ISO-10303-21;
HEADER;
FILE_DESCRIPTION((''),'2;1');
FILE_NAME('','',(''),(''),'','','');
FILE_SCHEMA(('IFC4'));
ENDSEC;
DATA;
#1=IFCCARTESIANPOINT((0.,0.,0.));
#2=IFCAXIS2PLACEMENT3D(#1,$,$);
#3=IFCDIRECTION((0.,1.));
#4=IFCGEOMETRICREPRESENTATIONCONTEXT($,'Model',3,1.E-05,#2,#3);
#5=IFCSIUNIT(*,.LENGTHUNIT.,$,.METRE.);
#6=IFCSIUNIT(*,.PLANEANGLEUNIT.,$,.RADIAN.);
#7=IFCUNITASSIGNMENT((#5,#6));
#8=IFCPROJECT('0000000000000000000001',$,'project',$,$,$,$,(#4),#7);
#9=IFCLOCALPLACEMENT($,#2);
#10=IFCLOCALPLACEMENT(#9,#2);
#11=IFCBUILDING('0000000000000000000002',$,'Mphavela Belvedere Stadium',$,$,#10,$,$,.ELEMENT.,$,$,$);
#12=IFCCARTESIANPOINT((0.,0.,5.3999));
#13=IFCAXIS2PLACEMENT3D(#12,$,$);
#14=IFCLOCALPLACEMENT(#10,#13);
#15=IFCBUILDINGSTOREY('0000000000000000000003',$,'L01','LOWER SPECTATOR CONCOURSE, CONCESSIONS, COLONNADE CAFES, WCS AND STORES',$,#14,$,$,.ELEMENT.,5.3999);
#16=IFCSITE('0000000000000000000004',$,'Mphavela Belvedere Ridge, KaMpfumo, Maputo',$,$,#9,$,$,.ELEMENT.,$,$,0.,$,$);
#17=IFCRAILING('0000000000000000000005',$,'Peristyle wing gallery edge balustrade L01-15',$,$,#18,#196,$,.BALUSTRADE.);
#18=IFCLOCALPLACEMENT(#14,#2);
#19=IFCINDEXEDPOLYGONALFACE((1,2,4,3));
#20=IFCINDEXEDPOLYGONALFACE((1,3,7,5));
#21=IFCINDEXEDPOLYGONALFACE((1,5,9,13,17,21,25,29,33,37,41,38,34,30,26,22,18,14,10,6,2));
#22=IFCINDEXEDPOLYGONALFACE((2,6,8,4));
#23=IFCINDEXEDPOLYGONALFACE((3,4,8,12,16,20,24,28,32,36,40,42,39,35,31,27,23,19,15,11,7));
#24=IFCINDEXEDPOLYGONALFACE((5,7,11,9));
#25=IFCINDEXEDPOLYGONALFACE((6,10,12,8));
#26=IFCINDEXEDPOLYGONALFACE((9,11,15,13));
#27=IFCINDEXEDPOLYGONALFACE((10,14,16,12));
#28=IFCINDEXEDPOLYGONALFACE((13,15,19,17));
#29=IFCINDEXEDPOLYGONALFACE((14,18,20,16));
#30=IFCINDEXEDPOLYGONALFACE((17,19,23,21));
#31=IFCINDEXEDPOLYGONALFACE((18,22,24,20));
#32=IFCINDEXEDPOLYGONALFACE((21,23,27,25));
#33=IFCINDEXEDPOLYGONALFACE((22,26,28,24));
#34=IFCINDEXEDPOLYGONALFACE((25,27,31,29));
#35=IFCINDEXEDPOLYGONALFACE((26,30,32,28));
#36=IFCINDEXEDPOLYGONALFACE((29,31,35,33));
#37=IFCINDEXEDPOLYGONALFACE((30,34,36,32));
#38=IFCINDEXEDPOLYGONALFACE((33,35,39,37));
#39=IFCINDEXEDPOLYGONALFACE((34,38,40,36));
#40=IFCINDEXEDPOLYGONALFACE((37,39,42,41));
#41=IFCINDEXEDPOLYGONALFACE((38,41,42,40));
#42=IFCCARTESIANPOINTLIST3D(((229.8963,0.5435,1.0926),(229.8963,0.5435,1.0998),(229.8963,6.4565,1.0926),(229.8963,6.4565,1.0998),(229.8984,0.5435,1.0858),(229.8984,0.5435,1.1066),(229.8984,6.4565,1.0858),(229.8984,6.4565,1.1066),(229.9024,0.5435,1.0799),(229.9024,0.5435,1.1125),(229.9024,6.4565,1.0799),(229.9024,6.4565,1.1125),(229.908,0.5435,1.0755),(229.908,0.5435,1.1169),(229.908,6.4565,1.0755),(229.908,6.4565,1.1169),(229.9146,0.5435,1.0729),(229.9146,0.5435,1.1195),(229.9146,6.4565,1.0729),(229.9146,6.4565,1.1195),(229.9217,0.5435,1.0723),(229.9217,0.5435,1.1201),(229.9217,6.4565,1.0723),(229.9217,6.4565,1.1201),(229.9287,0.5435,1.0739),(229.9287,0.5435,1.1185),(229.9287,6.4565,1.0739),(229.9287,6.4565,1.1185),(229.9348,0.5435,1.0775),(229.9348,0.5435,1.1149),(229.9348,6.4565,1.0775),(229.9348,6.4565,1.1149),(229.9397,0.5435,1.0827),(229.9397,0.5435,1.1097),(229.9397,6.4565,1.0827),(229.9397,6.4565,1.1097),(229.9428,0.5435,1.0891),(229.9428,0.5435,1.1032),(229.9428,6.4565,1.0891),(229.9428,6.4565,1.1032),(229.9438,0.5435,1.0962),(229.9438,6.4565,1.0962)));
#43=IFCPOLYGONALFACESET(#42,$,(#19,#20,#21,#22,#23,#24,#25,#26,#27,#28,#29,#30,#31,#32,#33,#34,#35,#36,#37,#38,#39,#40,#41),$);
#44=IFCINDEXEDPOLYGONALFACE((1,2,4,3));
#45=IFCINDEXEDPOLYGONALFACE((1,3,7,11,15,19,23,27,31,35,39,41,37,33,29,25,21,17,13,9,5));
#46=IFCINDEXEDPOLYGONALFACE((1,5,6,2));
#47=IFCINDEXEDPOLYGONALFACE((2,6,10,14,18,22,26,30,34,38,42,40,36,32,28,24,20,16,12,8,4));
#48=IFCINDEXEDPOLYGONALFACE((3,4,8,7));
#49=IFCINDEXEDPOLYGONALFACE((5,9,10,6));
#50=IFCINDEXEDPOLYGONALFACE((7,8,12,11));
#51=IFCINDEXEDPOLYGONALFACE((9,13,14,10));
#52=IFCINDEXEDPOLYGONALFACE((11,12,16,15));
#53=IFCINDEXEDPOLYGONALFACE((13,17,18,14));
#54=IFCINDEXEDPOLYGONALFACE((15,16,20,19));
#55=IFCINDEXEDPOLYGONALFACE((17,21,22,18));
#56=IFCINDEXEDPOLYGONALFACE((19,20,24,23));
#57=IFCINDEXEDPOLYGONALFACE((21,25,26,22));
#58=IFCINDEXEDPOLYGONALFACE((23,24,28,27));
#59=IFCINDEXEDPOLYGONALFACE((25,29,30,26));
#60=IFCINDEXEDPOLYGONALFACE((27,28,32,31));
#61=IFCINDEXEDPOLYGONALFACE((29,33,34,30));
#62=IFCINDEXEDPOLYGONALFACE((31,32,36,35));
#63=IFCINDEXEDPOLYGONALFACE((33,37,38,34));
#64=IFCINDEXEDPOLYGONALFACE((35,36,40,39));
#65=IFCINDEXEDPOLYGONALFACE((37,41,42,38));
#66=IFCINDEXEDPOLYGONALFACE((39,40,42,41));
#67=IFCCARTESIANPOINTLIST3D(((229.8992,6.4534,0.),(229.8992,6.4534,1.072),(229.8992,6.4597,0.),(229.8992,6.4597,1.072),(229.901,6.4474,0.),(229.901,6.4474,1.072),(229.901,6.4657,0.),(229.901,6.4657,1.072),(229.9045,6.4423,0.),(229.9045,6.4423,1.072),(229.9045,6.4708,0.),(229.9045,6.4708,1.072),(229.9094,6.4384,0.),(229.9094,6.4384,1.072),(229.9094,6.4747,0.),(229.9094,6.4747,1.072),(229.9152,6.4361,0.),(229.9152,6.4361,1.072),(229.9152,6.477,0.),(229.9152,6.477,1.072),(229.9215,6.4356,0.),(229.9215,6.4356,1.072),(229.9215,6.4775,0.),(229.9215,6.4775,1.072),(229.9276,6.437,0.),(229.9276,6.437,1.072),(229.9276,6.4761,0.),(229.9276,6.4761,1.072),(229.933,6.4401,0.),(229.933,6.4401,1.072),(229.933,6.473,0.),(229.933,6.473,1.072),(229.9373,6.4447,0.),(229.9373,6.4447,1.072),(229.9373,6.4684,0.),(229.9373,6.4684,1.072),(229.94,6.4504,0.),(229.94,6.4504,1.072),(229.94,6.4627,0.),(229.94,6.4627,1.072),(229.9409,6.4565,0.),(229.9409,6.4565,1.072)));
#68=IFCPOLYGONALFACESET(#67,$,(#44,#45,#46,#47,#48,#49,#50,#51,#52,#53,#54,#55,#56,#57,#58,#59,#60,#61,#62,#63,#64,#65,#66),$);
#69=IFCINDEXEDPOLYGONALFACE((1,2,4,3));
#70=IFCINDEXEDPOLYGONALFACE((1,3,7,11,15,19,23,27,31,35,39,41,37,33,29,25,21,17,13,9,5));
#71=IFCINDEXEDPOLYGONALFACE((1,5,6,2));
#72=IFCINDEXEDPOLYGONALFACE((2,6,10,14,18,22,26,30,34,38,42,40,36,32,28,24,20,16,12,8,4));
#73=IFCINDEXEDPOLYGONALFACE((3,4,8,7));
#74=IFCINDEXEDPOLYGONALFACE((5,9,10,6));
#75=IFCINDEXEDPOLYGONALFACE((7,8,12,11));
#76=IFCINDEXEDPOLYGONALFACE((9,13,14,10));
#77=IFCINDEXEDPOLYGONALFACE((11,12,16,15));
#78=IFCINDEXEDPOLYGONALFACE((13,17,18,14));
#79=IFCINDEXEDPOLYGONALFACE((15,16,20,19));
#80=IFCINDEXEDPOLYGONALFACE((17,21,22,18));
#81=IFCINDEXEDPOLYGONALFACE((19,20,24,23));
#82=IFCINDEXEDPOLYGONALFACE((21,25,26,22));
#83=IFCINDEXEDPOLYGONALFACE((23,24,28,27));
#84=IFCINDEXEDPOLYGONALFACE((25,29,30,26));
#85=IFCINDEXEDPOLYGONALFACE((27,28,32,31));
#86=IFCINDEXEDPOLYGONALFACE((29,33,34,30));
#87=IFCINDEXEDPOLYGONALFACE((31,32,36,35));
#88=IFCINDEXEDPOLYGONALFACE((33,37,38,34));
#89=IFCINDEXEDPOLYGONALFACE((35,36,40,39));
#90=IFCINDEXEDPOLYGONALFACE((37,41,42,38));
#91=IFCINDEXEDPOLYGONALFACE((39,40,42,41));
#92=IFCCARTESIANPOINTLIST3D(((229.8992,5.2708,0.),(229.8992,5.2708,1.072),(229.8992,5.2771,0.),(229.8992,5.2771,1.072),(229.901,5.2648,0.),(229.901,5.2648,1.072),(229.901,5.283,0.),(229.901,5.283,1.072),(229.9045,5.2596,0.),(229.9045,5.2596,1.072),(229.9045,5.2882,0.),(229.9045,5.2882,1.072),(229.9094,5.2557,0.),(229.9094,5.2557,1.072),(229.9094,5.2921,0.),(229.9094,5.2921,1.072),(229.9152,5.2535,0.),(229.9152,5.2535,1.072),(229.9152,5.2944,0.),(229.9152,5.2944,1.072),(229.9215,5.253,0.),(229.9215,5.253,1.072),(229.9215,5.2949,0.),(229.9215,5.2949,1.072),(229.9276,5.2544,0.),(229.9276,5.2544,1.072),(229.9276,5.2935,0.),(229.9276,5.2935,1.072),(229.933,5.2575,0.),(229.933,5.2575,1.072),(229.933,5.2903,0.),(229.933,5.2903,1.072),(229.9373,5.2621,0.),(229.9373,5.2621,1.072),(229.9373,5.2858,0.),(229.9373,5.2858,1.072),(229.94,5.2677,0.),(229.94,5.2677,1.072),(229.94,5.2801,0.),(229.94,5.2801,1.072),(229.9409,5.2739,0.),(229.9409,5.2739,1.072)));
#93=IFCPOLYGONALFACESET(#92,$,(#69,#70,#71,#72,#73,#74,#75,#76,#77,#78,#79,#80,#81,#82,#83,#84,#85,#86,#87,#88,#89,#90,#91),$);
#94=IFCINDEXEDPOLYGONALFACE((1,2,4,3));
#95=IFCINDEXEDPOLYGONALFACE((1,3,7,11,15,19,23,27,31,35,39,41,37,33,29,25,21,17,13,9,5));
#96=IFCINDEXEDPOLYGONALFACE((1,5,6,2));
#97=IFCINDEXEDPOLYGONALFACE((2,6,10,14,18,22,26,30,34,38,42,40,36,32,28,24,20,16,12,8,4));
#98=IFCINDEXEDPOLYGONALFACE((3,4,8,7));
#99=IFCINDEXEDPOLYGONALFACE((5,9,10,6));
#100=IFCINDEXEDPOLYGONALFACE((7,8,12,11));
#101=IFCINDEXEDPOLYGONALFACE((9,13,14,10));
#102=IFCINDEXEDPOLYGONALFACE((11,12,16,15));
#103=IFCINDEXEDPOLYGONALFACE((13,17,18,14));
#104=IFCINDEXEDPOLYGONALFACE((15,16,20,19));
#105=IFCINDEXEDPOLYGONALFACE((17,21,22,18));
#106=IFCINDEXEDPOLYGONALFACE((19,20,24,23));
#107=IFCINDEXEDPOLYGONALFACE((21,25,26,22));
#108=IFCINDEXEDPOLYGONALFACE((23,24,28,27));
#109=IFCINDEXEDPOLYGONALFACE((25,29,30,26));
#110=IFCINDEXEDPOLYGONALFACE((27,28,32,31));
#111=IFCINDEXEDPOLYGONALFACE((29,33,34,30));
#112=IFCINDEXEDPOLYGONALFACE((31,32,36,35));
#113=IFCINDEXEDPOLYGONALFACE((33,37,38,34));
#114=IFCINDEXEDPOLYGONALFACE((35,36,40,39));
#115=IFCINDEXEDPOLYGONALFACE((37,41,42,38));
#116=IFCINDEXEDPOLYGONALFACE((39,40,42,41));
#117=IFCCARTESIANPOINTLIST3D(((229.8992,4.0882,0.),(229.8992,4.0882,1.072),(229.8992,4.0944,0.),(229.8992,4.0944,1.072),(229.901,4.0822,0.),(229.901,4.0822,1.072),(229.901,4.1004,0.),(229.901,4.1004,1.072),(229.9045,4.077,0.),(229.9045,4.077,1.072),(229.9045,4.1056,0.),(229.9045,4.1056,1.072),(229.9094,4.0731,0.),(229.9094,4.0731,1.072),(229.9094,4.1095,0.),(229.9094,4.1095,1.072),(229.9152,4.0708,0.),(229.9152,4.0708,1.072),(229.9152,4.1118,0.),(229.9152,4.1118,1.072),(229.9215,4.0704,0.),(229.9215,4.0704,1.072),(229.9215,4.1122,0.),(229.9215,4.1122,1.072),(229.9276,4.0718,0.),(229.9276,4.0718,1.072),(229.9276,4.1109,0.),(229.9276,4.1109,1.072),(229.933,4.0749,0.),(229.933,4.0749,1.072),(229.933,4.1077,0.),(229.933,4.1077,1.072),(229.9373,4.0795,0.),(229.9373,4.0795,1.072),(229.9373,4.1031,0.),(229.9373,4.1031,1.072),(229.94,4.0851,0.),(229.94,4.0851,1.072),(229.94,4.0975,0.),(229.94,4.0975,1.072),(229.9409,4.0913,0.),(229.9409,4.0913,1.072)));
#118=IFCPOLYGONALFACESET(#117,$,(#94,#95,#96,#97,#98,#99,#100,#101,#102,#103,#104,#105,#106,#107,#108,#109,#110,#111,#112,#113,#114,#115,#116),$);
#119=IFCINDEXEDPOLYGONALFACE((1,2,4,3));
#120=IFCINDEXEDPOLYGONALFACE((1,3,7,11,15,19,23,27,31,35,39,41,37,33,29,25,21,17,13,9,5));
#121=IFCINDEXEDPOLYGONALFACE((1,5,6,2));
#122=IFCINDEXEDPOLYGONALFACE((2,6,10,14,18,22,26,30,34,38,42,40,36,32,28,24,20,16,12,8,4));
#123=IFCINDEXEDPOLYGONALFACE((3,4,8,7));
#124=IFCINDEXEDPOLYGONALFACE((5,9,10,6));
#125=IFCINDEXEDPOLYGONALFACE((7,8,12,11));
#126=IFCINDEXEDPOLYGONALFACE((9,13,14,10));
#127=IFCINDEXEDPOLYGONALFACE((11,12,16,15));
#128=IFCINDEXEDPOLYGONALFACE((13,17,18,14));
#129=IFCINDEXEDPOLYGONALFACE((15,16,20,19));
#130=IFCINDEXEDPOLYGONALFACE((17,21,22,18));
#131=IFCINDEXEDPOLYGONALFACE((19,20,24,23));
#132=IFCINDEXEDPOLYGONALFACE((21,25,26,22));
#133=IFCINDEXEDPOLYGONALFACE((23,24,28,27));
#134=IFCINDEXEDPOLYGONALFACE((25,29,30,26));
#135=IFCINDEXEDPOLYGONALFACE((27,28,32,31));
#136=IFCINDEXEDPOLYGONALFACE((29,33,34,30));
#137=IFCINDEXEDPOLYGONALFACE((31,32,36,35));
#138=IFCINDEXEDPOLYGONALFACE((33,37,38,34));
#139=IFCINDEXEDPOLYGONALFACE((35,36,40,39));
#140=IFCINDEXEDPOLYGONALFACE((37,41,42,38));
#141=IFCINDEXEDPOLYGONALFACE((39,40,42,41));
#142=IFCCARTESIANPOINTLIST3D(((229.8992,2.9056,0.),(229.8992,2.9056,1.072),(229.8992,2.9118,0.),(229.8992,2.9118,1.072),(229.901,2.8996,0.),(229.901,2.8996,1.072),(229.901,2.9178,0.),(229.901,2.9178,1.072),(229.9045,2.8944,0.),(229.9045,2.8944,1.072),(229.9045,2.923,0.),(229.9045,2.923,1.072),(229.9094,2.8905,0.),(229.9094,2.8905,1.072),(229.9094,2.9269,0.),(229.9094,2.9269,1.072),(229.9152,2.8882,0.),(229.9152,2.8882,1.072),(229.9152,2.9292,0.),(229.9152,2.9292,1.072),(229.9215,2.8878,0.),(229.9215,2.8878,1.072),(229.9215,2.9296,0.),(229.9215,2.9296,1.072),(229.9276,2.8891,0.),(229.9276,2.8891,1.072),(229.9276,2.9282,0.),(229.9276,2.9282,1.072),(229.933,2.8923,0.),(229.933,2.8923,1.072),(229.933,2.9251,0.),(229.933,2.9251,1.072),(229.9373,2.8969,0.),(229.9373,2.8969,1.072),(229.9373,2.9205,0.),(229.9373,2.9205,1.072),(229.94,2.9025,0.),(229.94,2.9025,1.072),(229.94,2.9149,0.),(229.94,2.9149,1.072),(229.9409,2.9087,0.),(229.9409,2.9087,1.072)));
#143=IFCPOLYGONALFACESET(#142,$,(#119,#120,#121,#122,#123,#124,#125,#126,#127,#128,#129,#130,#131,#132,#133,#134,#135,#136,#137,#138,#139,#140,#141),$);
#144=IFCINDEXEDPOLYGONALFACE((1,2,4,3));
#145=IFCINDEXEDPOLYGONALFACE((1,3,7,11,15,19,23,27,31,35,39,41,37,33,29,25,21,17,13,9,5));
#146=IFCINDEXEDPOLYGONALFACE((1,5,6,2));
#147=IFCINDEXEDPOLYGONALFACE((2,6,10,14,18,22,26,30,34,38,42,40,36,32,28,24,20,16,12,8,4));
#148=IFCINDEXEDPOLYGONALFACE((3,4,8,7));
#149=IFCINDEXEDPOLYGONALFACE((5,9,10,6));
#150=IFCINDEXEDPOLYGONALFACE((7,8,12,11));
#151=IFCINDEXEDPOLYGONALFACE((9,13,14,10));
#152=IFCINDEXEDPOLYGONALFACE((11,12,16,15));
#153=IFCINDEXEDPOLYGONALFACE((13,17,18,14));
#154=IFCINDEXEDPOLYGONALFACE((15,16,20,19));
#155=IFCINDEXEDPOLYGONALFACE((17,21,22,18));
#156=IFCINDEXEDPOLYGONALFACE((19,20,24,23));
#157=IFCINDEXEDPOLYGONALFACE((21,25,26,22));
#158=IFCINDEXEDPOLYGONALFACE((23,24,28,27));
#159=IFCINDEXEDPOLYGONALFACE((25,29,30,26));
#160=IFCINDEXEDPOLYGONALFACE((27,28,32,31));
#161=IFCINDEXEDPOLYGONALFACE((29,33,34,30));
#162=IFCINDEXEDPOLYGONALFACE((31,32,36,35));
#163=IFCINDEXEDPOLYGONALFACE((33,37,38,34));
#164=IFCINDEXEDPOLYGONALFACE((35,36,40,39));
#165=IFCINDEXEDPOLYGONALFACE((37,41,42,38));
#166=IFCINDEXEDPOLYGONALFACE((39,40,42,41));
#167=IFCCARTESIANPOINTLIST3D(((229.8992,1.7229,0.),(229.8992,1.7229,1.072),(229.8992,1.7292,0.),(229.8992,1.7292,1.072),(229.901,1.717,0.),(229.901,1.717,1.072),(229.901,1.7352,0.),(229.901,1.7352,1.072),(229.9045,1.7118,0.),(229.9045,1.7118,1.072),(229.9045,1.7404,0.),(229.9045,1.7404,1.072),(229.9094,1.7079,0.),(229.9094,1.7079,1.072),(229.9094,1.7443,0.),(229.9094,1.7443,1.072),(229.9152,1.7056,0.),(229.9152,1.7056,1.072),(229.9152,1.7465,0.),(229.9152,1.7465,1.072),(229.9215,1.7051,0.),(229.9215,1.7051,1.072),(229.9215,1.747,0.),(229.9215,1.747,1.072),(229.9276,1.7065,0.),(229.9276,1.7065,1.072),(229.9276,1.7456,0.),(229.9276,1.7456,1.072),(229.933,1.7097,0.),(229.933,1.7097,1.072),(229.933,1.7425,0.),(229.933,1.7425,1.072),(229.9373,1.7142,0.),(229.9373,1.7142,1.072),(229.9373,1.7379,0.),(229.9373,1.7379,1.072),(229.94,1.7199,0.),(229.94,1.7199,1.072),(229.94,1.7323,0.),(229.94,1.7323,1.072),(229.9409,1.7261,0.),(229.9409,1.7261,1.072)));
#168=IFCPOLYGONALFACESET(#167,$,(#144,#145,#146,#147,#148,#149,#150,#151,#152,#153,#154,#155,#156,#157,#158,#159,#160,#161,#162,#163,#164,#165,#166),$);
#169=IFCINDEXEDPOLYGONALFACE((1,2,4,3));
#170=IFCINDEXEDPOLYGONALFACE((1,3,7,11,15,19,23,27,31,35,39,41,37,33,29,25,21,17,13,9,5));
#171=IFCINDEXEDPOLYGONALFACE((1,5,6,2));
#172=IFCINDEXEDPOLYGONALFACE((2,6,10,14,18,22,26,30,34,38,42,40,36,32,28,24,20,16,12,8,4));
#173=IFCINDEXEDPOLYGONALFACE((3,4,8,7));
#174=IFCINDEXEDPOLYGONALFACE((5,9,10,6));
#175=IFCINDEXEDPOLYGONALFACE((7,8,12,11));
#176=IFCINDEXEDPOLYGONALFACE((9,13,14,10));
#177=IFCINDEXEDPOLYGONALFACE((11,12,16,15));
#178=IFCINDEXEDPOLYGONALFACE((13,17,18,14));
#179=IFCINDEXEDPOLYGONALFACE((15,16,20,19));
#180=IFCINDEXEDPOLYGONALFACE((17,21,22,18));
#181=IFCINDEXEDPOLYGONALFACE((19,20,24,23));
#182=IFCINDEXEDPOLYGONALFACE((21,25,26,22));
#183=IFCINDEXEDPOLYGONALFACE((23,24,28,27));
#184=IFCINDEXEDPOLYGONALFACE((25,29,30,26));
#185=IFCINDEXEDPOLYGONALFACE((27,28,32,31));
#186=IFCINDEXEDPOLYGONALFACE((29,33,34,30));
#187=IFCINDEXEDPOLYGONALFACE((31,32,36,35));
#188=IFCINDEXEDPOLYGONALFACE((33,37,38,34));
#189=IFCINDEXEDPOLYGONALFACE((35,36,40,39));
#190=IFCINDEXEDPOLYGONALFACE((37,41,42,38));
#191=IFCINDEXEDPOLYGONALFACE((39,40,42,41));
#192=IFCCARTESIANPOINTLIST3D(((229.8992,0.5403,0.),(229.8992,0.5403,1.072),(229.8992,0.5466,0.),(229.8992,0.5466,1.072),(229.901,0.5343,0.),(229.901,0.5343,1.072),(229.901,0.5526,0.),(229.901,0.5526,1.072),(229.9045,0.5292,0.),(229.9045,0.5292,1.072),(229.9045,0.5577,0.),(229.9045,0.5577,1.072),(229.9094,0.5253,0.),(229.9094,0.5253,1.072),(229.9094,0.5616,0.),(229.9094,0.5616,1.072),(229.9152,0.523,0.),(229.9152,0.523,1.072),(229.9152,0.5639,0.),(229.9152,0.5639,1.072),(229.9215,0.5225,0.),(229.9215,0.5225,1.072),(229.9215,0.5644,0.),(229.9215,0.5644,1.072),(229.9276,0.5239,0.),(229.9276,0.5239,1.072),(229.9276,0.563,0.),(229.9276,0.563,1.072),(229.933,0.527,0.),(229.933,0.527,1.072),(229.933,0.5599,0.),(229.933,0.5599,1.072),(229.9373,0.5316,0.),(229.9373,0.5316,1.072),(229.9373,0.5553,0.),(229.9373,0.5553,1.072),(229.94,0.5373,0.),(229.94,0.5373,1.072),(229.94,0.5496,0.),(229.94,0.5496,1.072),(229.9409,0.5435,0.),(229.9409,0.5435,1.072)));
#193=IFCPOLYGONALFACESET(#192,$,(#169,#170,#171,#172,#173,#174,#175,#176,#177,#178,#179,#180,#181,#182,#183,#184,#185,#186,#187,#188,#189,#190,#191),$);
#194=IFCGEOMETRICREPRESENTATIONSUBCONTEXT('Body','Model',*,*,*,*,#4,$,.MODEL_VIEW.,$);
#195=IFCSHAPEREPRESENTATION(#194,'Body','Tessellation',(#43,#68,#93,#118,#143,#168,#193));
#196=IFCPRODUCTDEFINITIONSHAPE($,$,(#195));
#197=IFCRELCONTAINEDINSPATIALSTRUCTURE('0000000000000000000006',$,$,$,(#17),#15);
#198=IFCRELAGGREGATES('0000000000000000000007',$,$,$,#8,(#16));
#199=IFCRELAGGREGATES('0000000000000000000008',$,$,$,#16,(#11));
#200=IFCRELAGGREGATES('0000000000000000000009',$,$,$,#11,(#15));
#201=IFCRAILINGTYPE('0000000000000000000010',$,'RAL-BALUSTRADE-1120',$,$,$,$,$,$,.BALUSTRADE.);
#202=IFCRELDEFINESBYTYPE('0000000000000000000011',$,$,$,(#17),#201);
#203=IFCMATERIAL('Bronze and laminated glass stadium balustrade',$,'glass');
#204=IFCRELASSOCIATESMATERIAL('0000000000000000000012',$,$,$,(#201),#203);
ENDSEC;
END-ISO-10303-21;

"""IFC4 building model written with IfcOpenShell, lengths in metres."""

from ifc_helpers import new_model, si_unit, direction, frame, origin, origin_2d, place, context, subcontext, project, spatial, circle, extrude, material, type_object, element, save


model = new_model("IFC4")

# Units and contexts
model_context = context("Model", 3, precision=1e-05, world=origin(), true_north=direction((0.0, 1.0)))
body_context = subcontext(model_context, "Body", "Model", "MODEL_VIEW")
ifc_project = project(units=[si_unit("LENGTHUNIT", "METRE"), si_unit("PLANEANGLEUNIT", "RADIAN")], contexts=[model_context])

# Site, building, storey
site_placement = place(None, origin())
site = spatial("IfcSite", under=ifc_project, at=site_placement, Name="Mphavela Belvedere Ridge, KaMpfumo, Maputo", CompositionType="ELEMENT", RefElevation=0.0)
building_placement = place(site_placement, origin())
building = spatial("IfcBuilding", under=site, at=building_placement, Name="Mphavela Belvedere Stadium", CompositionType="ELEMENT")
storey_placement = place(building_placement, frame((0.0, 0.0, 5.3999)))
storey = spatial("IfcBuildingStorey", under=building, at=storey_placement, Name="L01", Description="LOWER SPECTATOR CONCOURSE, CONCESSIONS, COLONNADE CAFES, WCS AND STORES", CompositionType="ELEMENT", Elevation=5.3999)

# Railing
ifc_material_1 = material(Name="Bronze and laminated glass stadium balustrade", Category="glass")
railing_type = type_object("IfcRailingType", Name="RAL-BALUSTRADE-1120", PredefinedType="BALUSTRADE", material=ifc_material_1)
for number, where, name in (
    (1, (229.9199, 6.4565, 0.0), "Peristyle wing gallery edge balustrade L01-15"),
):
    element("IfcRailing", number, at=place(storey_placement, frame(where)), inside=storey, type_object=railing_type, Name=name, PredefinedType="BALUSTRADE", context=body_context, shape_type="SweptSolid", body=[
        extrude(circle(Radius=0.0239, at=origin_2d()), frame((0.0, 0.0, 1.0962), z_axis=(0.0, -1.0, 0.0), x_axis=(1.0, 0.0, 0.0)), (0.0, 0.0, 1.0), 5.9131),
        extrude(circle(Radius=0.021, at=origin_2d()), origin(), (0.0, 0.0, 1.0), 1.072),
        extrude(circle(Radius=0.021, at=origin_2d()), frame((0.0, -1.1826, 0.0)), (0.0, 0.0, 1.0), 1.072),
        extrude(circle(Radius=0.021, at=origin_2d()), frame((0.0, -2.3652, 0.0)), (0.0, 0.0, 1.0), 1.072),
        extrude(circle(Radius=0.021, at=origin_2d()), frame((0.0, -3.5479, 0.0)), (0.0, 0.0, 1.0), 1.072),
        extrude(circle(Radius=0.021, at=origin_2d()), frame((0.0, -4.7305, 0.0)), (0.0, 0.0, 1.0), 1.072),
        extrude(circle(Radius=0.021, at=origin_2d()), frame((0.0, -5.9131, 0.0)), (0.0, 0.0, 1.0), 1.072),
    ])

save(model, "model.ifc")
